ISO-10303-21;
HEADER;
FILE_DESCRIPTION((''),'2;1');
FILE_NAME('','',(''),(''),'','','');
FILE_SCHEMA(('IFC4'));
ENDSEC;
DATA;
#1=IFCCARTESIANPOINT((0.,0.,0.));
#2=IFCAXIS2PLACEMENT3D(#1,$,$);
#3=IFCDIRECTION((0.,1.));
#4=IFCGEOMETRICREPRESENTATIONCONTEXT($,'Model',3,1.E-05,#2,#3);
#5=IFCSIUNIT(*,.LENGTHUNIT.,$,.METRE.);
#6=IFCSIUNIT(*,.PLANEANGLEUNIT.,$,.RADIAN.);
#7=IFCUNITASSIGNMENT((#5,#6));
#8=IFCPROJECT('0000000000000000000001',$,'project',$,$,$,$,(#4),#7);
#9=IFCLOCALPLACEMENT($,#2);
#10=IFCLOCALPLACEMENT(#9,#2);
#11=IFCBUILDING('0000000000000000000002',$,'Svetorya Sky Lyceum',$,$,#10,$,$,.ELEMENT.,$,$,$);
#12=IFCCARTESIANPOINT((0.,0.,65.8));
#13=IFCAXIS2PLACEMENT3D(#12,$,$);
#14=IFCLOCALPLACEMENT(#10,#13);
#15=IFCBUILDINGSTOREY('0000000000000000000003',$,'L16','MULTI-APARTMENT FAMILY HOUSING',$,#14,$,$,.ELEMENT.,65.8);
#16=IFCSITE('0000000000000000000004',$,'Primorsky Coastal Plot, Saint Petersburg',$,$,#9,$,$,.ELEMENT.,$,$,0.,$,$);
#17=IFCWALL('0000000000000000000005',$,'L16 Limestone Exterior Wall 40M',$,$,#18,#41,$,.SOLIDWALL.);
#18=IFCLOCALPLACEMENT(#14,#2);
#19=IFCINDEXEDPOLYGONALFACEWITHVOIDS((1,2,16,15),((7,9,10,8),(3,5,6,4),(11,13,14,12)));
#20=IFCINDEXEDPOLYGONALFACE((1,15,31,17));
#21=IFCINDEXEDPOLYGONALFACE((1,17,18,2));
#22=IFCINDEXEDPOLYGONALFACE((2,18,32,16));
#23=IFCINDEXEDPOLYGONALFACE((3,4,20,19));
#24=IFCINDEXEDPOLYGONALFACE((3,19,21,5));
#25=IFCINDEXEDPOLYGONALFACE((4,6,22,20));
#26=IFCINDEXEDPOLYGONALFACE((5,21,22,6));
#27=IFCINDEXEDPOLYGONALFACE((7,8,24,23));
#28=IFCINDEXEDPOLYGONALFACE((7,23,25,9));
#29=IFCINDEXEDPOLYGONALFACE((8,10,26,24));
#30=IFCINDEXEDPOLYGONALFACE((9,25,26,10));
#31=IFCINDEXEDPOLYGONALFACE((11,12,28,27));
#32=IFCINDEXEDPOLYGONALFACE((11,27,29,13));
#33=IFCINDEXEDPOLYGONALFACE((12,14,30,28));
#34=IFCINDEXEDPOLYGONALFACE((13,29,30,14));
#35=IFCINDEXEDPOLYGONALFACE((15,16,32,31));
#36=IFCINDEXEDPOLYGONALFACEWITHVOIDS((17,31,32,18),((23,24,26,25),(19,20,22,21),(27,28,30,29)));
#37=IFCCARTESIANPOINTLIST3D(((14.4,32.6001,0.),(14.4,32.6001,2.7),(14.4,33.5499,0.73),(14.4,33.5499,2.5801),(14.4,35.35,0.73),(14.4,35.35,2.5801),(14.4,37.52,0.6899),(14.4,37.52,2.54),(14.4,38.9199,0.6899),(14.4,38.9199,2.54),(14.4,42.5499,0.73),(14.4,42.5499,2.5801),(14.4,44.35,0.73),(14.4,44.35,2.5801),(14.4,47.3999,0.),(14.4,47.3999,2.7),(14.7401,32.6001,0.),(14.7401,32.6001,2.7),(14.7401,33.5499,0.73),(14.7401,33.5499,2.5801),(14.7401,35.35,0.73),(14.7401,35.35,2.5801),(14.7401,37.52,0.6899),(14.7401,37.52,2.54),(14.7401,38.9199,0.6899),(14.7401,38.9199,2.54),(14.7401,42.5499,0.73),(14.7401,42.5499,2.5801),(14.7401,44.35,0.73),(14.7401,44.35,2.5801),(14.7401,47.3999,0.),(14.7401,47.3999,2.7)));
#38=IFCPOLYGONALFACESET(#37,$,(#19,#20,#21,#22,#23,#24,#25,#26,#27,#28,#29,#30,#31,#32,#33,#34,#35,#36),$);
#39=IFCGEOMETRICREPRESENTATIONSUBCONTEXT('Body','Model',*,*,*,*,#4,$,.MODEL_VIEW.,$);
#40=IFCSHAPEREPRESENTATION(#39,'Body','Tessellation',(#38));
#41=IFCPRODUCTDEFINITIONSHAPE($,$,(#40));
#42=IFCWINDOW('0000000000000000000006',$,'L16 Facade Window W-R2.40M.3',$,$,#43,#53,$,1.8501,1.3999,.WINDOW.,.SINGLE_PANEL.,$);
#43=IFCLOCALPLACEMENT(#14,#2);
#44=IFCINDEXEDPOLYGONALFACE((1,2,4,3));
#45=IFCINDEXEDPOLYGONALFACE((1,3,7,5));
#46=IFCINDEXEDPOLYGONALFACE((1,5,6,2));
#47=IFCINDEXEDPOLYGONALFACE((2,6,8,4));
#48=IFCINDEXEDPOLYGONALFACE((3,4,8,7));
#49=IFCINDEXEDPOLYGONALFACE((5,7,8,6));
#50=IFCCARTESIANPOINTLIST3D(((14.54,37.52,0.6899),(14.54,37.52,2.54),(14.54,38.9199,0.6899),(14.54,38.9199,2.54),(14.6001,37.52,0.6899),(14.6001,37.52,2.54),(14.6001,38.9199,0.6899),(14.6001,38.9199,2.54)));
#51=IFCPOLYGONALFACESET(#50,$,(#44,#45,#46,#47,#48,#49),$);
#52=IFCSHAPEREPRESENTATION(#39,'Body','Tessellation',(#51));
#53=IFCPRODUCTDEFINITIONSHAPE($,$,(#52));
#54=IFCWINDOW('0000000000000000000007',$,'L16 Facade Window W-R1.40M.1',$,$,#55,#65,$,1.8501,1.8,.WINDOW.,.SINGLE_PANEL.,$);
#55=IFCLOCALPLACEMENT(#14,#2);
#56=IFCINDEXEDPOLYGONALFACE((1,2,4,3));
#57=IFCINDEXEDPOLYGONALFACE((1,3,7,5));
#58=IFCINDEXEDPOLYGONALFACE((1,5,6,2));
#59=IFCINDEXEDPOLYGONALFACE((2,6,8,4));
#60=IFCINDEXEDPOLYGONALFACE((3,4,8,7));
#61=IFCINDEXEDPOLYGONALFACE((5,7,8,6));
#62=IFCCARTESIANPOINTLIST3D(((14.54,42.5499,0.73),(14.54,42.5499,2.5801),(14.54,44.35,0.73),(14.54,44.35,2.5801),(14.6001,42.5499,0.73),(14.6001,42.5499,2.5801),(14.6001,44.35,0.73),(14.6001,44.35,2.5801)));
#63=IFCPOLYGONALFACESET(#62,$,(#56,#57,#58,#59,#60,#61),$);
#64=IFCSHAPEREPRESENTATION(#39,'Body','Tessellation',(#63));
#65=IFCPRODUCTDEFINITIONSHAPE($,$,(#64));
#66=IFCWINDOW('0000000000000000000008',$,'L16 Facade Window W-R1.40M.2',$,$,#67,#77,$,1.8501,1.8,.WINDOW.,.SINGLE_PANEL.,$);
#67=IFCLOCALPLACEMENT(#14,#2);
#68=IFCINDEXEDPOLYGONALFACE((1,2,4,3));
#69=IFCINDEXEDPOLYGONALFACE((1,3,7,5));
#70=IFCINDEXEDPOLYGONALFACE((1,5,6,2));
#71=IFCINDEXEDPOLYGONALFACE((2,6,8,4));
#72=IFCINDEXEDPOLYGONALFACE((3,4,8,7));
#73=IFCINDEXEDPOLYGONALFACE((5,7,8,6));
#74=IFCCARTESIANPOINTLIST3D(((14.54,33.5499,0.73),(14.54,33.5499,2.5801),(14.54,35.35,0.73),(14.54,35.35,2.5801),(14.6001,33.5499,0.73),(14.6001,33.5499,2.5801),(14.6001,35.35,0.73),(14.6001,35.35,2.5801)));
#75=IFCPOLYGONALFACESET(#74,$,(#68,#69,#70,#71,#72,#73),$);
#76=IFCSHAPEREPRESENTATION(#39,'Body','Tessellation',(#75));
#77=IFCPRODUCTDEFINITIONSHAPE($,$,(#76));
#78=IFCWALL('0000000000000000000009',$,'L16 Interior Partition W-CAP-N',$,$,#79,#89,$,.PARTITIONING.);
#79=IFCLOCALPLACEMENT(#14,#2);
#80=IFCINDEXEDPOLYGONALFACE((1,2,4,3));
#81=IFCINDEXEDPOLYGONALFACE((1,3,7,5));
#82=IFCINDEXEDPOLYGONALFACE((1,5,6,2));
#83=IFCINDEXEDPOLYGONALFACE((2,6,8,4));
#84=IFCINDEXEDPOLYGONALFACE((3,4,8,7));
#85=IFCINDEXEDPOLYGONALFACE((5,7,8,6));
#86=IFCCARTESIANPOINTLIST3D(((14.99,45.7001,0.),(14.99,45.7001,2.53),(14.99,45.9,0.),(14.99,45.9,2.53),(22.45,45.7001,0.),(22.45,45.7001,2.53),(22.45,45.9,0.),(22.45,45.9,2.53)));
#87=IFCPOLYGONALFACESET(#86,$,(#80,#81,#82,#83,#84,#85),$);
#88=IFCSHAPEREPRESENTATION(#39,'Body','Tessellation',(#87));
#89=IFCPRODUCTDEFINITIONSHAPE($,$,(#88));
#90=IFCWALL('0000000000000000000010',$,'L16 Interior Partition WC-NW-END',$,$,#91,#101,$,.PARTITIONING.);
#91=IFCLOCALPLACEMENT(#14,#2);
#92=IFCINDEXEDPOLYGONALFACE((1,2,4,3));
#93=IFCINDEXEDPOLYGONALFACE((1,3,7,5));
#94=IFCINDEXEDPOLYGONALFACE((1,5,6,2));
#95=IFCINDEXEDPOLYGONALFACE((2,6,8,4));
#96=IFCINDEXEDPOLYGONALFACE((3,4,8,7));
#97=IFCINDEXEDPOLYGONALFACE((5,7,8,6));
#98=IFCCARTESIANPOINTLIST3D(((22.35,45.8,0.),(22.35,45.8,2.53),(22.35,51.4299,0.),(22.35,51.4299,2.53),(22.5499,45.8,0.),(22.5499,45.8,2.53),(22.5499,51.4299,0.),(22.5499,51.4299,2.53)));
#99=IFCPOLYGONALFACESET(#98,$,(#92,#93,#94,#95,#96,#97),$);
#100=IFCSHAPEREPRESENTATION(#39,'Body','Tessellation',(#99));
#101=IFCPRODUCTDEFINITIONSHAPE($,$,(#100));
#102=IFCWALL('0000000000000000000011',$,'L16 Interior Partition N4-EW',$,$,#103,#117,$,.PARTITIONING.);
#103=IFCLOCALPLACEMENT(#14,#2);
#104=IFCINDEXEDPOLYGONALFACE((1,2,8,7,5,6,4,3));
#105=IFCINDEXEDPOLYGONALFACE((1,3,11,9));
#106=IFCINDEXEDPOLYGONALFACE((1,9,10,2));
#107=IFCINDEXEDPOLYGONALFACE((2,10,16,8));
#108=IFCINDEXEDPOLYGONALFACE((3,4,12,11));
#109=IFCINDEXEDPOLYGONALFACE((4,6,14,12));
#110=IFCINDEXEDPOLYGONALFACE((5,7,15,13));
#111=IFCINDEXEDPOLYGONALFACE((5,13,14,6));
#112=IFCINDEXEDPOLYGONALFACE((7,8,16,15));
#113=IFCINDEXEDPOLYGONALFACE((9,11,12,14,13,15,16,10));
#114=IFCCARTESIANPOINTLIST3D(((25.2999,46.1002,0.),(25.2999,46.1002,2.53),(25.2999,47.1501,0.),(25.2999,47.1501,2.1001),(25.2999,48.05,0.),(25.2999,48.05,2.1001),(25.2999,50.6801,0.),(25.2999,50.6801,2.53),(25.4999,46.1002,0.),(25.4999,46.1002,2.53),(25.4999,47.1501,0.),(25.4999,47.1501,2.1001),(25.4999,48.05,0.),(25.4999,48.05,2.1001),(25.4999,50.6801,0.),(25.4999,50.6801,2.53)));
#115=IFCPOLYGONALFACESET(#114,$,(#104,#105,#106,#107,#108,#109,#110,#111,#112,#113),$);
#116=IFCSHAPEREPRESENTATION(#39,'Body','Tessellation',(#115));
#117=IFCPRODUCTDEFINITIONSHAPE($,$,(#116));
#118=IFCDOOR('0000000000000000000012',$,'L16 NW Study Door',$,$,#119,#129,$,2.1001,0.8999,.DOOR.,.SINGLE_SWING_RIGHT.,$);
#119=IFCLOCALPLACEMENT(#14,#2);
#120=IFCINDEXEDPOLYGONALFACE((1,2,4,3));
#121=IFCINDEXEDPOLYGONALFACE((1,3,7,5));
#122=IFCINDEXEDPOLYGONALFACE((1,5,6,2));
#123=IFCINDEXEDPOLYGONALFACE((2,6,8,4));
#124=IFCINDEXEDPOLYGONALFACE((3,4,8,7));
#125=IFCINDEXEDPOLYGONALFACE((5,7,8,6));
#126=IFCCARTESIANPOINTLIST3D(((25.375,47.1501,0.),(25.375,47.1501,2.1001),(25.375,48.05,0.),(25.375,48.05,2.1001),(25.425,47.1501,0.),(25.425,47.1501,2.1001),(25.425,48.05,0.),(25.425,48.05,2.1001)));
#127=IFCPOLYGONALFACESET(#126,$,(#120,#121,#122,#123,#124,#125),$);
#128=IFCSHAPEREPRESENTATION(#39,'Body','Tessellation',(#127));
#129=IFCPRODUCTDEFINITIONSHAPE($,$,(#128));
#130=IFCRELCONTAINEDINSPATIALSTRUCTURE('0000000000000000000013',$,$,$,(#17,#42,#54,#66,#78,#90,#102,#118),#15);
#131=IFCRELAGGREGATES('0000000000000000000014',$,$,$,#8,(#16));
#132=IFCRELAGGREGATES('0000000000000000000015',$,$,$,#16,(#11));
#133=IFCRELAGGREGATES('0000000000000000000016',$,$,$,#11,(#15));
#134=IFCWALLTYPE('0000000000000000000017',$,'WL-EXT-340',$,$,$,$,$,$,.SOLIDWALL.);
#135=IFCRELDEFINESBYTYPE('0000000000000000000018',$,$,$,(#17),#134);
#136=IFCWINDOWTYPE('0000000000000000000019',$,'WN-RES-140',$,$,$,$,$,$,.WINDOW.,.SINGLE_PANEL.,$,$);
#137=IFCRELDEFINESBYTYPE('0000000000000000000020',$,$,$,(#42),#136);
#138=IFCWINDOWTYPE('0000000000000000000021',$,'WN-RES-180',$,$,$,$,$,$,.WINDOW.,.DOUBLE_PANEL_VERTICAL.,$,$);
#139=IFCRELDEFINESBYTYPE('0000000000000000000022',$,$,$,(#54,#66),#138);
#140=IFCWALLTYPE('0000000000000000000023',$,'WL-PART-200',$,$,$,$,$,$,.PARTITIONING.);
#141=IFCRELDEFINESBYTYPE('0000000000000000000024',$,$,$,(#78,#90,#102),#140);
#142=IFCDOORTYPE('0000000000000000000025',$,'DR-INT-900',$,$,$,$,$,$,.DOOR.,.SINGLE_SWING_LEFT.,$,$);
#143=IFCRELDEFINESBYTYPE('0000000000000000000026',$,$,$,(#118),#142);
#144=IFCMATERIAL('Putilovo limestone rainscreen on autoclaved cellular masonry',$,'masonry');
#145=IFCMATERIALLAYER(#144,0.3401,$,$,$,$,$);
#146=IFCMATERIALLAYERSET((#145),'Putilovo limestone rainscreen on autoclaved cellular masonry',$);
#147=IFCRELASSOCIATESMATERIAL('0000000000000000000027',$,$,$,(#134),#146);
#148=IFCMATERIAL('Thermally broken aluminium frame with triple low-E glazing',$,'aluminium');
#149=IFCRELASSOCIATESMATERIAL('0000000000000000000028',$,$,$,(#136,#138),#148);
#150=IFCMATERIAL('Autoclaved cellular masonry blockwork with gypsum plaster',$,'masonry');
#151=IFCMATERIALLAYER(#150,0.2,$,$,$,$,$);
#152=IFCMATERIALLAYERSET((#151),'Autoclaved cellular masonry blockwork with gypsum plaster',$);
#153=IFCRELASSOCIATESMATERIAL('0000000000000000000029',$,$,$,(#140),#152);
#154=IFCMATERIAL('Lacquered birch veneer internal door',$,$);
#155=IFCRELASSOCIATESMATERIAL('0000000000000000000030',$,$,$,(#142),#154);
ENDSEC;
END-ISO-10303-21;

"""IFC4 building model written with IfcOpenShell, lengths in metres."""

from ifc_helpers import new_model, si_unit, direction, frame, frame_2d, origin, place, context, subcontext, project, spatial, rectangle, extrude, material, layer, layer_set, type_object, element, fill, save


model = new_model("IFC4")

# Units and contexts
model_context = context("Model", 3, precision=1e-05, world=origin(), true_north=direction((0.0, 1.0)))
body_context = subcontext(model_context, "Body", "Model", "MODEL_VIEW")
ifc_project = project(units=[si_unit("LENGTHUNIT", "METRE"), si_unit("PLANEANGLEUNIT", "RADIAN")], contexts=[model_context])

# Site, building, storey
site_placement = place(None, origin())
site = spatial("IfcSite", under=ifc_project, at=site_placement, Name="Primorsky Coastal Plot, Saint Petersburg", CompositionType="ELEMENT", RefElevation=0.0)
building_placement = place(site_placement, origin())
building = spatial("IfcBuilding", under=site, at=building_placement, Name="Svetorya Sky Lyceum", CompositionType="ELEMENT")
storey_placement = place(building_placement, frame((0.0, 0.0, 65.8)))
storey = spatial("IfcBuildingStorey", under=building, at=storey_placement, Name="L16", Description="MULTI-APARTMENT FAMILY HOUSING", CompositionType="ELEMENT", Elevation=65.8)

# Shared definitions
ifc_material_1 = material(Name="Putilovo limestone rainscreen on autoclaved cellular masonry", Category="masonry")
ifc_layer_1 = layer(ifc_material_1, 0.3401)
ifc_layer_set_1 = layer_set([ifc_layer_1], Name="Putilovo limestone rainscreen on autoclaved cellular masonry")
wall_type_1 = type_object("IfcWallType", Name="WL-EXT-340", PredefinedType="SOLIDWALL", material=ifc_layer_set_1)

# Wall, openings, windows
wall_1_placement = place(storey_placement, frame((14.5701, 47.3999, 0.0), z_axis=(0.0, 0.0, 1.0), x_axis=(0.0, -1.0, 0.0)))
wall_1 = element("IfcWall", 1, at=wall_1_placement, inside=storey, type_object=wall_type_1, Name="L16 Limestone Exterior Wall 40M", PredefinedType="SOLIDWALL", context=body_context, shape_type="SweptSolid", body=[
    extrude(rectangle(XDim=14.7998, YDim=0.3401, at=frame_2d((7.3999, 0.0))), origin(), (0.0, 0.0, 1.0), 2.7),
])
opening_1_placement = place(wall_1_placement, frame((3.05, 0.0, 0.73)))
opening_1 = element("IfcOpeningElement", 2, at=opening_1_placement, cuts=wall_1, PredefinedType="OPENING", context=body_context, shape_type="SweptSolid", body=[
    extrude(rectangle(XDim=1.8, YDim=1.8501, at=frame_2d((0.8999, 0.925))), frame((0.0, 0.1799, 0.0), z_axis=(0.0, -1.0, 0.0), x_axis=(1.0, 0.0, 0.0)), (0.0, 0.0, 1.0), 0.3601),
])
opening_2_placement = place(wall_1_placement, frame((8.48, 0.0, 0.6899)))
opening_2 = element("IfcOpeningElement", 3, at=opening_2_placement, cuts=wall_1, PredefinedType="OPENING", context=body_context, shape_type="SweptSolid", body=[
    extrude(rectangle(XDim=1.3999, YDim=1.8501, at=frame_2d((0.7, 0.925))), frame((0.0, 0.1799, 0.0), z_axis=(0.0, -1.0, 0.0), x_axis=(1.0, 0.0, 0.0)), (0.0, 0.0, 1.0), 0.3601),
])
opening_3_placement = place(wall_1_placement, frame((12.05, 0.0, 0.73)))
opening_3 = element("IfcOpeningElement", 4, at=opening_3_placement, cuts=wall_1, PredefinedType="OPENING", context=body_context, shape_type="SweptSolid", body=[
    extrude(rectangle(XDim=1.8, YDim=1.8501, at=frame_2d((0.8999, 0.925))), frame((0.0, 0.1799, 0.0), z_axis=(0.0, -1.0, 0.0), x_axis=(1.0, 0.0, 0.0)), (0.0, 0.0, 1.0), 0.3601),
])
ifc_material_2 = material(Name="Thermally broken aluminium frame with triple low-E glazing", Category="aluminium")
window_type_1 = type_object("IfcWindowType", Name="WN-RES-140", PartitioningType="SINGLE_PANEL", PredefinedType="WINDOW", material=ifc_material_2)
window_1_placement = place(opening_2_placement, origin())
window_1 = element("IfcWindow", 5, at=window_1_placement, inside=storey, type_object=window_type_1, Name="L16 Facade Window W-R2.40M.3", OverallHeight=1.8501, OverallWidth=1.3999, PartitioningType="SINGLE_PANEL", PredefinedType="WINDOW", context=body_context, shape_type="SweptSolid", body=[
    extrude(rectangle(XDim=1.3999, YDim=1.8501, at=frame_2d((0.7, 0.925))), frame((0.0, 0.03, 0.0), z_axis=(0.0, -1.0, 0.0), x_axis=(1.0, 0.0, 0.0)), (0.0, 0.0, 1.0), 0.0601),
])
fill(opening_2, window_1)
window_type_2 = type_object("IfcWindowType", Name="WN-RES-180", PartitioningType="DOUBLE_PANEL_VERTICAL", PredefinedType="WINDOW", material=ifc_material_2)
window_2_placement = place(opening_1_placement, origin())
window_2 = element("IfcWindow", 6, at=window_2_placement, inside=storey, type_object=window_type_2, Name="L16 Facade Window W-R1.40M.1", OverallHeight=1.8501, OverallWidth=1.8, PartitioningType="SINGLE_PANEL", PredefinedType="WINDOW", context=body_context, shape_type="SweptSolid", body=[
    extrude(rectangle(XDim=1.8, YDim=1.8501, at=frame_2d((0.8999, 0.925))), frame((0.0, 0.03, 0.0), z_axis=(0.0, -1.0, 0.0), x_axis=(1.0, 0.0, 0.0)), (0.0, 0.0, 1.0), 0.0601),
])
fill(opening_1, window_2)
window_3_placement = place(opening_3_placement, origin())
window_3 = element("IfcWindow", 7, at=window_3_placement, inside=storey, type_object=window_type_2, Name="L16 Facade Window W-R1.40M.2", OverallHeight=1.8501, OverallWidth=1.8, PartitioningType="SINGLE_PANEL", PredefinedType="WINDOW", context=body_context, shape_type="SweptSolid", body=[
    extrude(rectangle(XDim=1.8, YDim=1.8501, at=frame_2d((0.8999, 0.925))), frame((0.0, 0.03, 0.0), z_axis=(0.0, -1.0, 0.0), x_axis=(1.0, 0.0, 0.0)), (0.0, 0.0, 1.0), 0.0601),
])
fill(opening_3, window_3)

# Walls
ifc_material_3 = material(Name="Autoclaved cellular masonry blockwork with gypsum plaster", Category="masonry")
ifc_layer_2 = layer(ifc_material_3, 0.2)
ifc_layer_set_2 = layer_set([ifc_layer_2], Name="Autoclaved cellular masonry blockwork with gypsum plaster")
wall_type_2 = type_object("IfcWallType", Name="WL-PART-200", PredefinedType="PARTITIONING", material=ifc_layer_set_2)
wall_2_placement = place(storey_placement, frame((14.99, 45.8, 0.0), z_axis=(0.0, 0.0, 1.0), x_axis=(1.0, 0.0, 0.0)))
element("IfcWall", 8, at=wall_2_placement, inside=storey, type_object=wall_type_2, Name="L16 Interior Partition W-CAP-N", PredefinedType="PARTITIONING", context=body_context, shape_type="SweptSolid", body=[
    extrude(rectangle(XDim=7.46, YDim=0.2, at=frame_2d((3.73, 0.0))), origin(), (0.0, 0.0, 1.0), 2.53),
])
wall_3_placement = place(storey_placement, frame((22.45, 45.8, 0.0), z_axis=(0.0, 0.0, 1.0), x_axis=(0.0, 1.0, 0.0)))
element("IfcWall", 9, at=wall_3_placement, inside=storey, type_object=wall_type_2, Name="L16 Interior Partition WC-NW-END", PredefinedType="PARTITIONING", context=body_context, shape_type="SweptSolid", body=[
    extrude(rectangle(XDim=5.6299, YDim=0.2, at=frame_2d((2.8149, 0.0))), origin(), (0.0, 0.0, 1.0), 2.53),
])

# Wall, opening, door
wall_4_placement = place(storey_placement, frame((25.3999, 46.1001, 0.0), z_axis=(0.0, 0.0, 1.0), x_axis=(0.0, 1.0, 0.0)))
wall_4 = element("IfcWall", 10, at=wall_4_placement, inside=storey, type_object=wall_type_2, Name="L16 Interior Partition N4-EW", PredefinedType="PARTITIONING", context=body_context, shape_type="SweptSolid", body=[
    extrude(rectangle(XDim=4.5798, YDim=0.2, at=frame_2d((2.29, 0.0))), origin(), (0.0, 0.0, 1.0), 2.53),
])
opening_4_placement = place(wall_4_placement, frame((1.05, 0.0, 0.0)))
opening_4 = element("IfcOpeningElement", 11, at=opening_4_placement, cuts=wall_4, PredefinedType="OPENING", context=body_context, shape_type="SweptSolid", body=[
    extrude(rectangle(XDim=0.8999, YDim=2.1001, at=frame_2d((0.45, 1.05))), frame((0.0, 0.1099, 0.0), z_axis=(0.0, -1.0, 0.0), x_axis=(1.0, 0.0, 0.0)), (0.0, 0.0, 1.0), 0.22),
])
ifc_material_4 = material(Name="Lacquered birch veneer internal door")
door_type = type_object("IfcDoorType", Name="DR-INT-900", OperationType="SINGLE_SWING_LEFT", PredefinedType="DOOR", material=ifc_material_4)
door_placement = place(opening_4_placement, origin())
door = element("IfcDoor", 12, at=door_placement, inside=storey, type_object=door_type, Name="L16 NW Study Door", OperationType="SINGLE_SWING_RIGHT", OverallHeight=2.1001, OverallWidth=0.8999, PredefinedType="DOOR", context=body_context, shape_type="SweptSolid", body=[
    extrude(rectangle(XDim=0.8999, YDim=2.1001, at=frame_2d((0.45, 1.05))), frame((0.0, 0.0249, 0.0), z_axis=(0.0, -1.0, 0.0), x_axis=(1.0, 0.0, 0.0)), (0.0, 0.0, 1.0), 0.05),
])
fill(opening_4, door)

save(model, "model.ifc")
